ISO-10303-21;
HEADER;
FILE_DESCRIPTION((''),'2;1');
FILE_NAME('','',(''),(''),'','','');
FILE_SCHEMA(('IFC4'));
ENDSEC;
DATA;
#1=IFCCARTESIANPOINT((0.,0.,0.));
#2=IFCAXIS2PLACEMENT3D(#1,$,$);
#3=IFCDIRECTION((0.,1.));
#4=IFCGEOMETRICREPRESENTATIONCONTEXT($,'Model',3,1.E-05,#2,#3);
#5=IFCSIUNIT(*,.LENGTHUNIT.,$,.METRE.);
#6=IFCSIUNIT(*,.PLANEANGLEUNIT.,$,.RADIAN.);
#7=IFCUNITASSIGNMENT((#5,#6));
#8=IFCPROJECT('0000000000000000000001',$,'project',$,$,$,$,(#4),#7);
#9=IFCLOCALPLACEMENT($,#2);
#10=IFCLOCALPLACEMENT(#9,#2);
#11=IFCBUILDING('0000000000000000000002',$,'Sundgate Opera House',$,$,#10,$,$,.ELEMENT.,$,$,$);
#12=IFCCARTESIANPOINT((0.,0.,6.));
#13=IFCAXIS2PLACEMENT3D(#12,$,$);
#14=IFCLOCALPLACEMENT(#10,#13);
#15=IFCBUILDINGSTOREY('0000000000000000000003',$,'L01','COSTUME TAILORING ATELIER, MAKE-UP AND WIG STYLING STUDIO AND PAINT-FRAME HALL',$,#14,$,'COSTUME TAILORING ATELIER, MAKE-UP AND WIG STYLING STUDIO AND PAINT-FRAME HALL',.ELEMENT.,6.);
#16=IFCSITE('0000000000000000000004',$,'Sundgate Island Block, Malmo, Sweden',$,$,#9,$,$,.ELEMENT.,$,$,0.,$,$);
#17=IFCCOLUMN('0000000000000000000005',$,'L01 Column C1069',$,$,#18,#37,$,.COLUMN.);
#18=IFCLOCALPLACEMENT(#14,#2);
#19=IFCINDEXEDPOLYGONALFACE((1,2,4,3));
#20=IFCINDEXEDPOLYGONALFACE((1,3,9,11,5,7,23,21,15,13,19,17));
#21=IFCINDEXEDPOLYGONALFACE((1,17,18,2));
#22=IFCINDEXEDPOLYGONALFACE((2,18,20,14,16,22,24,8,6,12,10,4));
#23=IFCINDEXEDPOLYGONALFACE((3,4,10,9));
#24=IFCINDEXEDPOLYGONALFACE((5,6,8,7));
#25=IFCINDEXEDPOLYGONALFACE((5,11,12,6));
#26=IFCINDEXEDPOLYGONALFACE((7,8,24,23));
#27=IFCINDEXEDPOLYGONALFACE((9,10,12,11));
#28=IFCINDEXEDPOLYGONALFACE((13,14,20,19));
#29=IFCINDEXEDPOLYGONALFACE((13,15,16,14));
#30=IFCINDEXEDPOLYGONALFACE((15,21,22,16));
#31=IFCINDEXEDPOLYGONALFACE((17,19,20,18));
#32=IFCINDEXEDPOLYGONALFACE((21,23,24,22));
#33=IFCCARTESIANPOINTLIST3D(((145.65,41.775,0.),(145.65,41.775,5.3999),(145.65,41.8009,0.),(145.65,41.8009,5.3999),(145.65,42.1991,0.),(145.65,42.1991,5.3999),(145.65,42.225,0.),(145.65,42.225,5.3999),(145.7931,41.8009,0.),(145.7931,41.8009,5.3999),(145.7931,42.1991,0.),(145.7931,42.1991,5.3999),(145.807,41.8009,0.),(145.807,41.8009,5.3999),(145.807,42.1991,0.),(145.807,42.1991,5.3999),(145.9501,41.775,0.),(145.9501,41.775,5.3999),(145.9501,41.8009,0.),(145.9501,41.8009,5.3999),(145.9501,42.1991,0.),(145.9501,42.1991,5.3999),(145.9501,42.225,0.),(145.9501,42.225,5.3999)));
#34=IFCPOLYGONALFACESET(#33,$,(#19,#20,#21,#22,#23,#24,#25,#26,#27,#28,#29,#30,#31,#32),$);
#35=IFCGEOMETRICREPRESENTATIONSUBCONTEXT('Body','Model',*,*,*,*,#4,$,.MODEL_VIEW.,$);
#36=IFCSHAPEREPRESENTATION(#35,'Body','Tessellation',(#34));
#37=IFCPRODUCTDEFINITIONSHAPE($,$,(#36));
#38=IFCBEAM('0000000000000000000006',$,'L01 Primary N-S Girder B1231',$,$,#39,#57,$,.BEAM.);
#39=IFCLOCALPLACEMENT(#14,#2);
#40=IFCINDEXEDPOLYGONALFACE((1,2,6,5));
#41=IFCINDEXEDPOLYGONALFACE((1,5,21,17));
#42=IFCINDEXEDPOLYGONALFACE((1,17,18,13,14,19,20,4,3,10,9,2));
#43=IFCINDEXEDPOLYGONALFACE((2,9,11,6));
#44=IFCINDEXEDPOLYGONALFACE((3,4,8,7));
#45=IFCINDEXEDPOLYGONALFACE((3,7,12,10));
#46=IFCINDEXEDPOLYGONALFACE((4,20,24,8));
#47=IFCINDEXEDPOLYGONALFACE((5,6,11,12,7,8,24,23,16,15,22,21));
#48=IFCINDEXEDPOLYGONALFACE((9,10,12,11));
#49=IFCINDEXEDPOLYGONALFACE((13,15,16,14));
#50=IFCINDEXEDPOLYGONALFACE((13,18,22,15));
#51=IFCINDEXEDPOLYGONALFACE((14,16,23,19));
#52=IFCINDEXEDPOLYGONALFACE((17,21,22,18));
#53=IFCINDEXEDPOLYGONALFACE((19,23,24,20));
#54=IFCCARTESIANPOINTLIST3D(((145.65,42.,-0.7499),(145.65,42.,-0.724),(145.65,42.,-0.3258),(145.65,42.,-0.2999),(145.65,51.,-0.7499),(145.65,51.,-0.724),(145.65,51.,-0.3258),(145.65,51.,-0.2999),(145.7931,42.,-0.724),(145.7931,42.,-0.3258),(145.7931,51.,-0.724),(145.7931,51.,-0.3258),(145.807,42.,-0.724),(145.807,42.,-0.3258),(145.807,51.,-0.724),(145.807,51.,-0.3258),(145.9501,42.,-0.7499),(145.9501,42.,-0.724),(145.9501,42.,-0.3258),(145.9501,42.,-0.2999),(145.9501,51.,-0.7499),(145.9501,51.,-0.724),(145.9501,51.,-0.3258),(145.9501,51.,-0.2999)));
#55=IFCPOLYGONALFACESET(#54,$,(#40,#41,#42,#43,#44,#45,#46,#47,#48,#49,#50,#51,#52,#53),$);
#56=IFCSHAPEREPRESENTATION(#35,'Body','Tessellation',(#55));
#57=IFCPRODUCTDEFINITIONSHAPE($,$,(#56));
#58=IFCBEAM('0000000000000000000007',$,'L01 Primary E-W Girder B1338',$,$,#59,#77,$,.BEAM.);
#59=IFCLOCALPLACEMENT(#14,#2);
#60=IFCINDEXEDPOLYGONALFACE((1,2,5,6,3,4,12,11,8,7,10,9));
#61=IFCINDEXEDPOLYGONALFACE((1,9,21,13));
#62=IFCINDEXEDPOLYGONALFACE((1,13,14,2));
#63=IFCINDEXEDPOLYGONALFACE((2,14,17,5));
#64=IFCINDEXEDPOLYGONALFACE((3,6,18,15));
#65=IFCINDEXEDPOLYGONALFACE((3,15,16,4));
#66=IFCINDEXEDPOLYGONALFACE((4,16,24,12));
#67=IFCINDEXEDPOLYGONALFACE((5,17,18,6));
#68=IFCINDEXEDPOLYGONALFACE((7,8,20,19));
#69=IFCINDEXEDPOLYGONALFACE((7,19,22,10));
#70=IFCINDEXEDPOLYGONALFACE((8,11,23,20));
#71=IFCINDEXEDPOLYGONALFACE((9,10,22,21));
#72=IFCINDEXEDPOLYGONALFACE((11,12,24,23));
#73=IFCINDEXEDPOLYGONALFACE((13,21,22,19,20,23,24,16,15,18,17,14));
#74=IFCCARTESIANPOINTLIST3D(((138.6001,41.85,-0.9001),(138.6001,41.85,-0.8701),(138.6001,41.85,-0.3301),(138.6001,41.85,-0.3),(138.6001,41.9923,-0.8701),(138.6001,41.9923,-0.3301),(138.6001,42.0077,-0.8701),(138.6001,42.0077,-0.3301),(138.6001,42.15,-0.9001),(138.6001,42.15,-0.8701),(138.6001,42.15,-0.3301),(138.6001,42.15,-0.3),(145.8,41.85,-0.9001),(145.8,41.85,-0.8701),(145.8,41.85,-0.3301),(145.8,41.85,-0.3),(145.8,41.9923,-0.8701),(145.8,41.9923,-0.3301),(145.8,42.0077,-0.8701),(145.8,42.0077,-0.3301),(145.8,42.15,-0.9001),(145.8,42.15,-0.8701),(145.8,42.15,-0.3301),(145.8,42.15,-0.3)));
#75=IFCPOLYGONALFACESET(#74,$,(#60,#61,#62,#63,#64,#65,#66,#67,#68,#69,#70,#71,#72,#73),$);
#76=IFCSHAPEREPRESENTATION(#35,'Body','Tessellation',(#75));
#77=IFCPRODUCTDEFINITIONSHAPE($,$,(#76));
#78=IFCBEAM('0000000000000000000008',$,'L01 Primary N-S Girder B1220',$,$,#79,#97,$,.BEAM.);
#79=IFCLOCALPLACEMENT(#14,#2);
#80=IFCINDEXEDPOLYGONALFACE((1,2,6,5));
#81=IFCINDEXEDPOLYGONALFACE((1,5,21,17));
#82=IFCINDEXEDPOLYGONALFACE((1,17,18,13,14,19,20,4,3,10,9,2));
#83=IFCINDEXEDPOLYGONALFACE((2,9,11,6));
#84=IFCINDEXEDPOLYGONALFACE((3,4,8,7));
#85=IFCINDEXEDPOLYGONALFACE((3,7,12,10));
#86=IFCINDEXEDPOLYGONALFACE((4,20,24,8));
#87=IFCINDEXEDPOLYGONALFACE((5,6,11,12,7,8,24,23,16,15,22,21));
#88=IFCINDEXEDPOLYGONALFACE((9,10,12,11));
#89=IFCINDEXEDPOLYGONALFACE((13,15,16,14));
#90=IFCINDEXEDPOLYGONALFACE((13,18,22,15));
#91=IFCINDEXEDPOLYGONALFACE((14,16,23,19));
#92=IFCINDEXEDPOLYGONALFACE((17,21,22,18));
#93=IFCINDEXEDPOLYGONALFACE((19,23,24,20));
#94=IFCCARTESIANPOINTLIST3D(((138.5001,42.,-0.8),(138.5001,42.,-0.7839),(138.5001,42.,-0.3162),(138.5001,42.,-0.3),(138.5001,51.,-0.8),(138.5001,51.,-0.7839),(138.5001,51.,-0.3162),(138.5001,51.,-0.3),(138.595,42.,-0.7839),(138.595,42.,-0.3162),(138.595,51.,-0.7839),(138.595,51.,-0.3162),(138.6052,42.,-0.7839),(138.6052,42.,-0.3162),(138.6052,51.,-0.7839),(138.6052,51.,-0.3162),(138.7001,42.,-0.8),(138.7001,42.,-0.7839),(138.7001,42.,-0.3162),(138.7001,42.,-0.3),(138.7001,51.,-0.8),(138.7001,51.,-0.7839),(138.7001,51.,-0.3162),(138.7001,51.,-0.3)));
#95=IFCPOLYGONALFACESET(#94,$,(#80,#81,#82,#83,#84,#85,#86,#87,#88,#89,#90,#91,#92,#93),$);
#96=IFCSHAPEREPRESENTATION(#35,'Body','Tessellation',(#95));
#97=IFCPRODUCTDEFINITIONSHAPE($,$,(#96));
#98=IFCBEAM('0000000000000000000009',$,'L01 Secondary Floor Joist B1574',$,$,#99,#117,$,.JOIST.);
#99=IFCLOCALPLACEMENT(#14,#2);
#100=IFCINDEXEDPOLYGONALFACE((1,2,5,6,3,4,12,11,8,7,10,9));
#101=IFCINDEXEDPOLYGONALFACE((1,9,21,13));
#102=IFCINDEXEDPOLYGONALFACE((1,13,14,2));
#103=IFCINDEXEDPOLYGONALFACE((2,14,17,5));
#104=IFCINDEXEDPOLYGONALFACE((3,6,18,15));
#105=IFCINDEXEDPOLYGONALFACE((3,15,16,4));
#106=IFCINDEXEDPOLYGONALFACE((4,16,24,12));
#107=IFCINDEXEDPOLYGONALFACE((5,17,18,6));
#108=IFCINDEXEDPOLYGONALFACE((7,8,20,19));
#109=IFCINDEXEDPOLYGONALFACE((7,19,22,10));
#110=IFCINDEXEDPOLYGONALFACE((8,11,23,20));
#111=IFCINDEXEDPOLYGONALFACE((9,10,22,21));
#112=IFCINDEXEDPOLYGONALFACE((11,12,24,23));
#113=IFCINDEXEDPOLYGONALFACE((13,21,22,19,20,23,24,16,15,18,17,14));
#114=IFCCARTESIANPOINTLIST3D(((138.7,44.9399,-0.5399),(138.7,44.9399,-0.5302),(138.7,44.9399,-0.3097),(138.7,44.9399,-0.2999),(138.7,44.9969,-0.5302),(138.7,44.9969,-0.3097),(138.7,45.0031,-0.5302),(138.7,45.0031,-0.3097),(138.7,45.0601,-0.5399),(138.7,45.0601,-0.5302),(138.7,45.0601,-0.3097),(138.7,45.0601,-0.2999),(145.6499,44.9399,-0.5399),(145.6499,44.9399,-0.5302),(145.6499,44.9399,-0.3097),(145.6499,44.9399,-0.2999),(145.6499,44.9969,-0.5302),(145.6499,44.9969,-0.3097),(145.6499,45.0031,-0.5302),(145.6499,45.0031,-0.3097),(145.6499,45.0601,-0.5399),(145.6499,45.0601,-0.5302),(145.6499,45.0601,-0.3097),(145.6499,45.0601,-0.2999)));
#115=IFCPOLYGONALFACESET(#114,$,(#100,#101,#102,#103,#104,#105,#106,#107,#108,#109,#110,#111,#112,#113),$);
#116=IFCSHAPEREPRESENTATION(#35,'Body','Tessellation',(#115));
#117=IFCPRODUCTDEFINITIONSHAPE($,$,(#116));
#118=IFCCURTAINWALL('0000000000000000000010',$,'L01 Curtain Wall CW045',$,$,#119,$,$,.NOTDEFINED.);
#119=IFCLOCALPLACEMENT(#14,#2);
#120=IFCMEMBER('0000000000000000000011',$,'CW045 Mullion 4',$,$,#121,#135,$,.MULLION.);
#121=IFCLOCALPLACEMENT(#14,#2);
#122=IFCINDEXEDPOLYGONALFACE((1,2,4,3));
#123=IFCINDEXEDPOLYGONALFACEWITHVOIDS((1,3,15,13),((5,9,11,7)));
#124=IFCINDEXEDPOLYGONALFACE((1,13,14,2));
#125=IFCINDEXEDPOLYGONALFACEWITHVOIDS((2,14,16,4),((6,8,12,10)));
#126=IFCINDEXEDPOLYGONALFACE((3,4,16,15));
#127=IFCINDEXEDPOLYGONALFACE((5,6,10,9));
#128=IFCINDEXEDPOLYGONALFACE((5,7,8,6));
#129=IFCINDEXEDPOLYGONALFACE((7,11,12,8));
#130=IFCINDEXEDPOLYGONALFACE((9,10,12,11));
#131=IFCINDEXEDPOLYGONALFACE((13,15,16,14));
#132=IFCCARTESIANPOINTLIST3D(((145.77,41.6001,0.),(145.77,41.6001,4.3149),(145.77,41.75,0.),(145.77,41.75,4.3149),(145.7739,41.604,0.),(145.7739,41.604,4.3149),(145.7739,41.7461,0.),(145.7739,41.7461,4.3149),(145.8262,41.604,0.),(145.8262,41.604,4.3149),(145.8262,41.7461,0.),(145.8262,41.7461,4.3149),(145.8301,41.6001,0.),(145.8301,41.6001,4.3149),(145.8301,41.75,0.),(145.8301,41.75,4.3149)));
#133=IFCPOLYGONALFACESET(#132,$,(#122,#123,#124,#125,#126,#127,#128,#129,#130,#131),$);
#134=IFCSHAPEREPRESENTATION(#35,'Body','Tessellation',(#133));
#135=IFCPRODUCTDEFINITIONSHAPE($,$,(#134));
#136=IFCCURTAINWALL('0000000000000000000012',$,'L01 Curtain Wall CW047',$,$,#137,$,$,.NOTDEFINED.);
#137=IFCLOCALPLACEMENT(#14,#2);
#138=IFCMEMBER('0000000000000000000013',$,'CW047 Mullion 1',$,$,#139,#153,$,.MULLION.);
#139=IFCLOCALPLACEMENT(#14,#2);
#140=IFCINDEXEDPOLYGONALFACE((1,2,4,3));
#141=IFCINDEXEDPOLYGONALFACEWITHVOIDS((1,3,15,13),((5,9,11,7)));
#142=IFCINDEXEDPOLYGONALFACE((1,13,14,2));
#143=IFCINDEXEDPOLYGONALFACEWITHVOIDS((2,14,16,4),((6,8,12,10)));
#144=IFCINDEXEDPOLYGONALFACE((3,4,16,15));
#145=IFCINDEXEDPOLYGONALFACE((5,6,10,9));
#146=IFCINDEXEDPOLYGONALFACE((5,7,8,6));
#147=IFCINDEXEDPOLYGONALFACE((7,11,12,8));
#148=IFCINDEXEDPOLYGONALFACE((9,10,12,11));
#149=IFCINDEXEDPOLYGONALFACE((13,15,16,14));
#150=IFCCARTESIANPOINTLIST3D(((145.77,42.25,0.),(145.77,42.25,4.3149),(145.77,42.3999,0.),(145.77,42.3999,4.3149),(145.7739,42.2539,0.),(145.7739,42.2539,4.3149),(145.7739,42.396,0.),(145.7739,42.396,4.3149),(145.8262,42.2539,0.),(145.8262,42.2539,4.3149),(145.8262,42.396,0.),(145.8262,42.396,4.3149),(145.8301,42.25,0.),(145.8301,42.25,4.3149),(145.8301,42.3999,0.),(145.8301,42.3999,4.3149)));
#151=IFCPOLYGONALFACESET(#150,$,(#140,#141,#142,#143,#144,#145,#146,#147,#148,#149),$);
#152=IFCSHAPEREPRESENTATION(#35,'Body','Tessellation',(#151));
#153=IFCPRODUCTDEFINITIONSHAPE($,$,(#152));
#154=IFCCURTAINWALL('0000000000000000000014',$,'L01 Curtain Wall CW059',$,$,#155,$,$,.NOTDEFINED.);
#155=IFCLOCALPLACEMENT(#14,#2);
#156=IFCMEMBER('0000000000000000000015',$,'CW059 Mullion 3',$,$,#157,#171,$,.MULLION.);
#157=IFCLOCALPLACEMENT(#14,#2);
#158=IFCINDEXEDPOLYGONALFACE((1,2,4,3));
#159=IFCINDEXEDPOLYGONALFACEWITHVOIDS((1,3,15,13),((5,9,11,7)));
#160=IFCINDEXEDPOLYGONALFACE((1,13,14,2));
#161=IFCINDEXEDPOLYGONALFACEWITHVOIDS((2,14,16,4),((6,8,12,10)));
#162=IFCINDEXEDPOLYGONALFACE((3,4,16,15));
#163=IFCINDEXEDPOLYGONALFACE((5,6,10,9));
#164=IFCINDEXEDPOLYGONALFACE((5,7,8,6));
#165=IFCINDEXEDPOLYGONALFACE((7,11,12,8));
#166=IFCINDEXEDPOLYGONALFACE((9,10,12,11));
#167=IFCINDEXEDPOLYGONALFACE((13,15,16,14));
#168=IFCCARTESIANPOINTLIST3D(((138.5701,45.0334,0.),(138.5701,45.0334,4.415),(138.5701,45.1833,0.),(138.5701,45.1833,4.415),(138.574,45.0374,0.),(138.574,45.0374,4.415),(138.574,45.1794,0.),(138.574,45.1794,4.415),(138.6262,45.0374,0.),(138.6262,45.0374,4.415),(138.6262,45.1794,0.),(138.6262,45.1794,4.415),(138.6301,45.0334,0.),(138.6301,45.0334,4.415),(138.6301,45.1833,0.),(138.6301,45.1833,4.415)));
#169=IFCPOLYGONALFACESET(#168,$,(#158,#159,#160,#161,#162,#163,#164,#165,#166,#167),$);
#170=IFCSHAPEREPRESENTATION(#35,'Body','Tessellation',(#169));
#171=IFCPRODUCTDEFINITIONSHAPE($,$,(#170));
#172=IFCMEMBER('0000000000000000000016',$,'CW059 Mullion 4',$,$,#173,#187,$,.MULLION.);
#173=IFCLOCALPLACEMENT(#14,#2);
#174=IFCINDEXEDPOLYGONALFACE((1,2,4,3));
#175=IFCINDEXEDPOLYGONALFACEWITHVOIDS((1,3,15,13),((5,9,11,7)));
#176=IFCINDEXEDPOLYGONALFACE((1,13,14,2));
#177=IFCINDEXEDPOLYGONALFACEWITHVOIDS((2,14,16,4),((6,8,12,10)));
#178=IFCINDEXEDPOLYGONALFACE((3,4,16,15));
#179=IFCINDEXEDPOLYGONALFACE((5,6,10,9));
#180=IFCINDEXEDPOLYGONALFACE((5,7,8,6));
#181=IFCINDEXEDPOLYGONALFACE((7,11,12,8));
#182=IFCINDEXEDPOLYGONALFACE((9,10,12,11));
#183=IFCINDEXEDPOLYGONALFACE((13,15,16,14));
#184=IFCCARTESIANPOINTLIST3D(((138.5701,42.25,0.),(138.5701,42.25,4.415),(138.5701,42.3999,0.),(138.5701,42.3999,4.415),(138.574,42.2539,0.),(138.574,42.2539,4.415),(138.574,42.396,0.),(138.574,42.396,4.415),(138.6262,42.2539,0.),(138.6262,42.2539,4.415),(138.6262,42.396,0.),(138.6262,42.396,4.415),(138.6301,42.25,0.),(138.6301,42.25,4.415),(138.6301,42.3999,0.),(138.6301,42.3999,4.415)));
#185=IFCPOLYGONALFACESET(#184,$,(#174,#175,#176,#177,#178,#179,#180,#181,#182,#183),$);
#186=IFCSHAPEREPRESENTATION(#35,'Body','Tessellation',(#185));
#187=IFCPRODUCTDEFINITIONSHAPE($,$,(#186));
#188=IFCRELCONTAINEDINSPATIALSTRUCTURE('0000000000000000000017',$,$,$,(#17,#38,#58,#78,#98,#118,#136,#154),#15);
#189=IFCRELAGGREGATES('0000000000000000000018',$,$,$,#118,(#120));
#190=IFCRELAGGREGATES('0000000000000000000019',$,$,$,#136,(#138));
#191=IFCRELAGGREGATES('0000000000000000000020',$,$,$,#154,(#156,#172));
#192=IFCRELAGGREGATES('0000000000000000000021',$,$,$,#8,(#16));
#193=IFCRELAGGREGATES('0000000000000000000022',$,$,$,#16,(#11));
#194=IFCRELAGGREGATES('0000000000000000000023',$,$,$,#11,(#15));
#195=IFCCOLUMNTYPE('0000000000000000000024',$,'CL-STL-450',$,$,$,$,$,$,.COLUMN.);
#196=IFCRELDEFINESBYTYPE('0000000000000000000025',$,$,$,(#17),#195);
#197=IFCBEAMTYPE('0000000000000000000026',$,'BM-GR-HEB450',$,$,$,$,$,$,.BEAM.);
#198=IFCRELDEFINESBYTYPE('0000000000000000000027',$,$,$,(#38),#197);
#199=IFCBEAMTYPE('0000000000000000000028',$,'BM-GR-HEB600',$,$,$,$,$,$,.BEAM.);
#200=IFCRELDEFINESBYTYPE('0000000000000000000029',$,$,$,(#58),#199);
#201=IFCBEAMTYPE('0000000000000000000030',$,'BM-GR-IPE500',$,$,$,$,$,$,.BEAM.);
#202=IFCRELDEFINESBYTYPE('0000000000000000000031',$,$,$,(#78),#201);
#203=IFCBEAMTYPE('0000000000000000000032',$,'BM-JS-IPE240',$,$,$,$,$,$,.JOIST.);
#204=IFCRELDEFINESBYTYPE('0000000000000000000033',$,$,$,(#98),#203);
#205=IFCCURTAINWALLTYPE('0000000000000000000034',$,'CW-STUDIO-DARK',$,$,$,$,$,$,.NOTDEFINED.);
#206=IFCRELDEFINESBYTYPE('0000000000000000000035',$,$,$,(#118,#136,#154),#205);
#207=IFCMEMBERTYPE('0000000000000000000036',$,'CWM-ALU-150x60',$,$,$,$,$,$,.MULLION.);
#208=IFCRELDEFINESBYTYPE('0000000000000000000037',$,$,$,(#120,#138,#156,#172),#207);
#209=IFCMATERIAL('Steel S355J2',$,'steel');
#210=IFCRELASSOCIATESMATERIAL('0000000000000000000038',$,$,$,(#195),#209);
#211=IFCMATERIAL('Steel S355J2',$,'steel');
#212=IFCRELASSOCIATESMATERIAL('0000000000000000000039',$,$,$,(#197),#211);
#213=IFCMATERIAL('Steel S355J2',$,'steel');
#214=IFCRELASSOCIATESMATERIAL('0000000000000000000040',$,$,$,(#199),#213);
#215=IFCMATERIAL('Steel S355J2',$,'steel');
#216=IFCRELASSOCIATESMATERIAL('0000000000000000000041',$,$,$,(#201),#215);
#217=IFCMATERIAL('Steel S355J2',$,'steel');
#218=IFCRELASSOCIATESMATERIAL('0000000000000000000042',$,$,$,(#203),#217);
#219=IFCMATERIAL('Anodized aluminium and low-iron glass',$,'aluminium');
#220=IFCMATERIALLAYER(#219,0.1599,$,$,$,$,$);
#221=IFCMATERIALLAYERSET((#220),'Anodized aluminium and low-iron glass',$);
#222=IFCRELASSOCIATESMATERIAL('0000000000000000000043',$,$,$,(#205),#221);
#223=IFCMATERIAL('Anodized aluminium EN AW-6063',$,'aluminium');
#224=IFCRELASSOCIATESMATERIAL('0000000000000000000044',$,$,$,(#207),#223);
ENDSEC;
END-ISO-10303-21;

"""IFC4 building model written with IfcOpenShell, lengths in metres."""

from ifc_helpers import new_model, si_unit, direction, frame, origin, origin_2d, place, context, subcontext, project, spatial, hollow_rectangle, i_section, extrude, material, layer, layer_set, material_profile, profile_set, type_object, element, aggregate, save


model = new_model("IFC4")

# Units and contexts
model_context = context("Model", 3, precision=1e-05, world=origin(), true_north=direction((0.0, 1.0)))
body_context = subcontext(model_context, "Body", "Model", "MODEL_VIEW")
ifc_project = project(units=[si_unit("LENGTHUNIT", "METRE"), si_unit("PLANEANGLEUNIT", "RADIAN")], contexts=[model_context])

# Site, building, storey
site_placement = place(None, origin())
site = spatial("IfcSite", under=ifc_project, at=site_placement, Name="Sundgate Island Block, Malmo, Sweden", CompositionType="ELEMENT", RefElevation=0.0)
building_placement = place(site_placement, origin())
building = spatial("IfcBuilding", under=site, at=building_placement, Name="Sundgate Opera House", CompositionType="ELEMENT")
storey_placement = place(building_placement, frame((0.0, 0.0, 6.0)))
storey = spatial("IfcBuildingStorey", under=building, at=storey_placement, Name="L01", Description="COSTUME TAILORING ATELIER, MAKE-UP AND WIG STYLING STUDIO AND PAINT-FRAME HALL", LongName="COSTUME TAILORING ATELIER, MAKE-UP AND WIG STYLING STUDIO AND PAINT-FRAME HALL", CompositionType="ELEMENT", Elevation=6.0)

# Column
ifc_material_1 = material(Name="Steel S355J2", Category="steel")
ifc_material_profile_1 = material_profile(ifc_material_1, i_section(OverallWidth=0.3, OverallDepth=0.45, WebThickness=0.0139, FlangeThickness=0.0259, at=origin_2d()), Name="HEB 450")
ifc_profile_set_1 = profile_set([ifc_material_profile_1], Name="Steel S355J2")
column_type = type_object("IfcColumnType", Name="CL-STL-450", PredefinedType="COLUMN", material=ifc_profile_set_1)
column_placement = place(storey_placement, frame((145.8, 42.0, 0.0), z_axis=(0.0, 0.0, 1.0), x_axis=(1.0, 0.0, 0.0)))
element("IfcColumn", 1, at=column_placement, inside=storey, type_object=column_type, Name="L01 Column C1069", PredefinedType="COLUMN", context=body_context, shape_type="SweptSolid", body=[
    extrude(i_section(OverallWidth=0.3, OverallDepth=0.45, WebThickness=0.0139, FlangeThickness=0.0259, at=origin_2d()), origin(), (0.0, 0.0, 1.0), 5.3999),
])

# Beams
ifc_material_2 = material(Name="Steel S355J2", Category="steel")
ifc_material_profile_2 = material_profile(ifc_material_2, i_section(OverallWidth=0.3, OverallDepth=0.45, WebThickness=0.0139, FlangeThickness=0.0259, at=origin_2d()), Name="HEB 450")
ifc_profile_set_2 = profile_set([ifc_material_profile_2], Name="Steel S355J2")
beam_type_1 = type_object("IfcBeamType", Name="BM-GR-HEB450", PredefinedType="BEAM", material=ifc_profile_set_2)
beam_1_placement = place(storey_placement, frame((145.8, 42.0, -0.5249), z_axis=(0.0, 1.0, 0.0), x_axis=(-1.0, 0.0, 0.0)))
element("IfcBeam", 2, at=beam_1_placement, inside=storey, type_object=beam_type_1, Name="L01 Primary N-S Girder B1231", PredefinedType="BEAM", context=body_context, shape_type="SweptSolid", body=[
    extrude(i_section(OverallWidth=0.3, OverallDepth=0.45, WebThickness=0.0139, FlangeThickness=0.0259, at=origin_2d()), origin(), (0.0, 0.0, 1.0), 9.0),
])
ifc_material_3 = material(Name="Steel S355J2", Category="steel")
ifc_material_profile_3 = material_profile(ifc_material_3, i_section(OverallWidth=0.3, OverallDepth=0.6001, WebThickness=0.0154, FlangeThickness=0.03, at=origin_2d()), Name="HEB 600")
ifc_profile_set_3 = profile_set([ifc_material_profile_3], Name="Steel S355J2")
beam_type_2 = type_object("IfcBeamType", Name="BM-GR-HEB600", PredefinedType="BEAM", material=ifc_profile_set_3)
beam_2_placement = place(storey_placement, frame((138.6001, 42.0, -0.6001), z_axis=(1.0, 0.0, 0.0), x_axis=(0.0, 1.0, 0.0)))
element("IfcBeam", 3, at=beam_2_placement, inside=storey, type_object=beam_type_2, Name="L01 Primary E-W Girder B1338", PredefinedType="BEAM", context=body_context, shape_type="SweptSolid", body=[
    extrude(i_section(OverallWidth=0.3, OverallDepth=0.6001, WebThickness=0.0154, FlangeThickness=0.03, at=origin_2d()), origin(), (0.0, 0.0, 1.0), 7.2),
])
ifc_material_4 = material(Name="Steel S355J2", Category="steel")
ifc_material_profile_4 = material_profile(ifc_material_4, i_section(OverallWidth=0.2, OverallDepth=0.5, WebThickness=0.0103, FlangeThickness=0.0161, at=origin_2d()), Name="IPE 500")
ifc_profile_set_4 = profile_set([ifc_material_profile_4], Name="Steel S355J2")
beam_type_3 = type_object("IfcBeamType", Name="BM-GR-IPE500", PredefinedType="BEAM", material=ifc_profile_set_4)
beam_3_placement = place(storey_placement, frame((138.6001, 42.0, -0.55), z_axis=(0.0, 1.0, 0.0), x_axis=(-1.0, 0.0, 0.0)))
element("IfcBeam", 4, at=beam_3_placement, inside=storey, type_object=beam_type_3, Name="L01 Primary N-S Girder B1220", PredefinedType="BEAM", context=body_context, shape_type="SweptSolid", body=[
    extrude(i_section(OverallWidth=0.2, OverallDepth=0.5, WebThickness=0.0103, FlangeThickness=0.0161, at=origin_2d()), origin(), (0.0, 0.0, 1.0), 9.0),
])
ifc_material_5 = material(Name="Steel S355J2", Category="steel")
ifc_material_profile_5 = material_profile(ifc_material_5, i_section(OverallWidth=0.1201, OverallDepth=0.24, WebThickness=0.0061, FlangeThickness=0.0098, at=origin_2d()), Name="IPE 240")
ifc_profile_set_5 = profile_set([ifc_material_profile_5], Name="Steel S355J2")
beam_type_4 = type_object("IfcBeamType", Name="BM-JS-IPE240", PredefinedType="JOIST", material=ifc_profile_set_5)
beam_4_placement = place(storey_placement, frame((138.7, 45.0, -0.4199), z_axis=(1.0, 0.0, 0.0), x_axis=(0.0, 1.0, 0.0)))
element("IfcBeam", 5, at=beam_4_placement, inside=storey, type_object=beam_type_4, Name="L01 Secondary Floor Joist B1574", PredefinedType="JOIST", context=body_context, shape_type="SweptSolid", body=[
    extrude(i_section(OverallWidth=0.1201, OverallDepth=0.24, WebThickness=0.0061, FlangeThickness=0.0098, at=origin_2d()), origin(), (0.0, 0.0, 1.0), 6.95),
])

# Curtain walls, members
ifc_material_6 = material(Name="Anodized aluminium and low-iron glass", Category="aluminium")
ifc_layer_1 = layer(ifc_material_6, 0.1599)
ifc_layer_set_1 = layer_set([ifc_layer_1], Name="Anodized aluminium and low-iron glass")
curtain_wall_type = type_object("IfcCurtainWallType", Name="CW-STUDIO-DARK", PredefinedType="NOTDEFINED", material=ifc_layer_set_1)
curtain_wall_1_placement = place(storey_placement, origin())
curtain_wall_1 = element("IfcCurtainWall", 6, at=curtain_wall_1_placement, inside=storey, type_object=curtain_wall_type, Name="L01 Curtain Wall CW045", PredefinedType="NOTDEFINED")
ifc_material_7 = material(Name="Anodized aluminium EN AW-6063", Category="aluminium")
ifc_material_profile_6 = material_profile(ifc_material_7, hollow_rectangle(XDim=0.0601, YDim=0.1499, WallThickness=0.0039, at=origin_2d()), Name="CWM 150x60x4")
ifc_profile_set_6 = profile_set([ifc_material_profile_6], Name="Anodized aluminium EN AW-6063")
member_type_1 = type_object("IfcMemberType", Name="CWM-ALU-150x60", PredefinedType="MULLION", material=ifc_profile_set_6)
member_1_placement = place(storey_placement, frame((145.8, 41.675, 0.0), z_axis=(0.0, 0.0, 1.0), x_axis=(1.0, 0.0, 0.0)))
member_1 = element("IfcMember", 7, at=member_1_placement, type_object=member_type_1, Name="CW045 Mullion 4", PredefinedType="MULLION", context=body_context, shape_type="SweptSolid", body=[
    extrude(hollow_rectangle(XDim=0.0601, YDim=0.1499, WallThickness=0.0039, at=origin_2d()), origin(), (0.0, 0.0, 1.0), 4.3149),
])
curtain_wall_2_placement = place(storey_placement, origin())
curtain_wall_2 = element("IfcCurtainWall", 8, at=curtain_wall_2_placement, inside=storey, type_object=curtain_wall_type, Name="L01 Curtain Wall CW047", PredefinedType="NOTDEFINED")
member_2_placement = place(storey_placement, frame((145.8, 42.325, 0.0), z_axis=(0.0, 0.0, 1.0), x_axis=(1.0, 0.0, 0.0)))
member_2 = element("IfcMember", 9, at=member_2_placement, type_object=member_type_1, Name="CW047 Mullion 1", PredefinedType="MULLION", context=body_context, shape_type="SweptSolid", body=[
    extrude(hollow_rectangle(XDim=0.0601, YDim=0.1499, WallThickness=0.0039, at=origin_2d()), origin(), (0.0, 0.0, 1.0), 4.3149),
])

# Curtain wall, members
curtain_wall_3_placement = place(storey_placement, origin())
curtain_wall_3 = element("IfcCurtainWall", 10, at=curtain_wall_3_placement, inside=storey, type_object=curtain_wall_type, Name="L01 Curtain Wall CW059", PredefinedType="NOTDEFINED")
member_3_placement = place(storey_placement, frame((138.6001, 45.1084, 0.0), z_axis=(0.0, 0.0, 1.0), x_axis=(1.0, 0.0, 0.0)))
member_3 = element("IfcMember", 11, at=member_3_placement, type_object=member_type_1, Name="CW059 Mullion 3", PredefinedType="MULLION", context=body_context, shape_type="SweptSolid", body=[
    extrude(hollow_rectangle(XDim=0.0601, YDim=0.1499, WallThickness=0.0039, at=origin_2d()), origin(), (0.0, 0.0, 1.0), 4.415),
])
member_4_placement = place(storey_placement, frame((138.6001, 42.325, 0.0), z_axis=(0.0, 0.0, 1.0), x_axis=(1.0, 0.0, 0.0)))
member_4 = element("IfcMember", 12, at=member_4_placement, type_object=member_type_1, Name="CW059 Mullion 4", PredefinedType="MULLION", context=body_context, shape_type="SweptSolid", body=[
    extrude(hollow_rectangle(XDim=0.0601, YDim=0.1499, WallThickness=0.0039, at=origin_2d()), origin(), (0.0, 0.0, 1.0), 4.415),
])

aggregate(curtain_wall_1, [member_1])
aggregate(curtain_wall_2, [member_2])
aggregate(curtain_wall_3, [member_3, member_4])

save(model, "model.ifc")
